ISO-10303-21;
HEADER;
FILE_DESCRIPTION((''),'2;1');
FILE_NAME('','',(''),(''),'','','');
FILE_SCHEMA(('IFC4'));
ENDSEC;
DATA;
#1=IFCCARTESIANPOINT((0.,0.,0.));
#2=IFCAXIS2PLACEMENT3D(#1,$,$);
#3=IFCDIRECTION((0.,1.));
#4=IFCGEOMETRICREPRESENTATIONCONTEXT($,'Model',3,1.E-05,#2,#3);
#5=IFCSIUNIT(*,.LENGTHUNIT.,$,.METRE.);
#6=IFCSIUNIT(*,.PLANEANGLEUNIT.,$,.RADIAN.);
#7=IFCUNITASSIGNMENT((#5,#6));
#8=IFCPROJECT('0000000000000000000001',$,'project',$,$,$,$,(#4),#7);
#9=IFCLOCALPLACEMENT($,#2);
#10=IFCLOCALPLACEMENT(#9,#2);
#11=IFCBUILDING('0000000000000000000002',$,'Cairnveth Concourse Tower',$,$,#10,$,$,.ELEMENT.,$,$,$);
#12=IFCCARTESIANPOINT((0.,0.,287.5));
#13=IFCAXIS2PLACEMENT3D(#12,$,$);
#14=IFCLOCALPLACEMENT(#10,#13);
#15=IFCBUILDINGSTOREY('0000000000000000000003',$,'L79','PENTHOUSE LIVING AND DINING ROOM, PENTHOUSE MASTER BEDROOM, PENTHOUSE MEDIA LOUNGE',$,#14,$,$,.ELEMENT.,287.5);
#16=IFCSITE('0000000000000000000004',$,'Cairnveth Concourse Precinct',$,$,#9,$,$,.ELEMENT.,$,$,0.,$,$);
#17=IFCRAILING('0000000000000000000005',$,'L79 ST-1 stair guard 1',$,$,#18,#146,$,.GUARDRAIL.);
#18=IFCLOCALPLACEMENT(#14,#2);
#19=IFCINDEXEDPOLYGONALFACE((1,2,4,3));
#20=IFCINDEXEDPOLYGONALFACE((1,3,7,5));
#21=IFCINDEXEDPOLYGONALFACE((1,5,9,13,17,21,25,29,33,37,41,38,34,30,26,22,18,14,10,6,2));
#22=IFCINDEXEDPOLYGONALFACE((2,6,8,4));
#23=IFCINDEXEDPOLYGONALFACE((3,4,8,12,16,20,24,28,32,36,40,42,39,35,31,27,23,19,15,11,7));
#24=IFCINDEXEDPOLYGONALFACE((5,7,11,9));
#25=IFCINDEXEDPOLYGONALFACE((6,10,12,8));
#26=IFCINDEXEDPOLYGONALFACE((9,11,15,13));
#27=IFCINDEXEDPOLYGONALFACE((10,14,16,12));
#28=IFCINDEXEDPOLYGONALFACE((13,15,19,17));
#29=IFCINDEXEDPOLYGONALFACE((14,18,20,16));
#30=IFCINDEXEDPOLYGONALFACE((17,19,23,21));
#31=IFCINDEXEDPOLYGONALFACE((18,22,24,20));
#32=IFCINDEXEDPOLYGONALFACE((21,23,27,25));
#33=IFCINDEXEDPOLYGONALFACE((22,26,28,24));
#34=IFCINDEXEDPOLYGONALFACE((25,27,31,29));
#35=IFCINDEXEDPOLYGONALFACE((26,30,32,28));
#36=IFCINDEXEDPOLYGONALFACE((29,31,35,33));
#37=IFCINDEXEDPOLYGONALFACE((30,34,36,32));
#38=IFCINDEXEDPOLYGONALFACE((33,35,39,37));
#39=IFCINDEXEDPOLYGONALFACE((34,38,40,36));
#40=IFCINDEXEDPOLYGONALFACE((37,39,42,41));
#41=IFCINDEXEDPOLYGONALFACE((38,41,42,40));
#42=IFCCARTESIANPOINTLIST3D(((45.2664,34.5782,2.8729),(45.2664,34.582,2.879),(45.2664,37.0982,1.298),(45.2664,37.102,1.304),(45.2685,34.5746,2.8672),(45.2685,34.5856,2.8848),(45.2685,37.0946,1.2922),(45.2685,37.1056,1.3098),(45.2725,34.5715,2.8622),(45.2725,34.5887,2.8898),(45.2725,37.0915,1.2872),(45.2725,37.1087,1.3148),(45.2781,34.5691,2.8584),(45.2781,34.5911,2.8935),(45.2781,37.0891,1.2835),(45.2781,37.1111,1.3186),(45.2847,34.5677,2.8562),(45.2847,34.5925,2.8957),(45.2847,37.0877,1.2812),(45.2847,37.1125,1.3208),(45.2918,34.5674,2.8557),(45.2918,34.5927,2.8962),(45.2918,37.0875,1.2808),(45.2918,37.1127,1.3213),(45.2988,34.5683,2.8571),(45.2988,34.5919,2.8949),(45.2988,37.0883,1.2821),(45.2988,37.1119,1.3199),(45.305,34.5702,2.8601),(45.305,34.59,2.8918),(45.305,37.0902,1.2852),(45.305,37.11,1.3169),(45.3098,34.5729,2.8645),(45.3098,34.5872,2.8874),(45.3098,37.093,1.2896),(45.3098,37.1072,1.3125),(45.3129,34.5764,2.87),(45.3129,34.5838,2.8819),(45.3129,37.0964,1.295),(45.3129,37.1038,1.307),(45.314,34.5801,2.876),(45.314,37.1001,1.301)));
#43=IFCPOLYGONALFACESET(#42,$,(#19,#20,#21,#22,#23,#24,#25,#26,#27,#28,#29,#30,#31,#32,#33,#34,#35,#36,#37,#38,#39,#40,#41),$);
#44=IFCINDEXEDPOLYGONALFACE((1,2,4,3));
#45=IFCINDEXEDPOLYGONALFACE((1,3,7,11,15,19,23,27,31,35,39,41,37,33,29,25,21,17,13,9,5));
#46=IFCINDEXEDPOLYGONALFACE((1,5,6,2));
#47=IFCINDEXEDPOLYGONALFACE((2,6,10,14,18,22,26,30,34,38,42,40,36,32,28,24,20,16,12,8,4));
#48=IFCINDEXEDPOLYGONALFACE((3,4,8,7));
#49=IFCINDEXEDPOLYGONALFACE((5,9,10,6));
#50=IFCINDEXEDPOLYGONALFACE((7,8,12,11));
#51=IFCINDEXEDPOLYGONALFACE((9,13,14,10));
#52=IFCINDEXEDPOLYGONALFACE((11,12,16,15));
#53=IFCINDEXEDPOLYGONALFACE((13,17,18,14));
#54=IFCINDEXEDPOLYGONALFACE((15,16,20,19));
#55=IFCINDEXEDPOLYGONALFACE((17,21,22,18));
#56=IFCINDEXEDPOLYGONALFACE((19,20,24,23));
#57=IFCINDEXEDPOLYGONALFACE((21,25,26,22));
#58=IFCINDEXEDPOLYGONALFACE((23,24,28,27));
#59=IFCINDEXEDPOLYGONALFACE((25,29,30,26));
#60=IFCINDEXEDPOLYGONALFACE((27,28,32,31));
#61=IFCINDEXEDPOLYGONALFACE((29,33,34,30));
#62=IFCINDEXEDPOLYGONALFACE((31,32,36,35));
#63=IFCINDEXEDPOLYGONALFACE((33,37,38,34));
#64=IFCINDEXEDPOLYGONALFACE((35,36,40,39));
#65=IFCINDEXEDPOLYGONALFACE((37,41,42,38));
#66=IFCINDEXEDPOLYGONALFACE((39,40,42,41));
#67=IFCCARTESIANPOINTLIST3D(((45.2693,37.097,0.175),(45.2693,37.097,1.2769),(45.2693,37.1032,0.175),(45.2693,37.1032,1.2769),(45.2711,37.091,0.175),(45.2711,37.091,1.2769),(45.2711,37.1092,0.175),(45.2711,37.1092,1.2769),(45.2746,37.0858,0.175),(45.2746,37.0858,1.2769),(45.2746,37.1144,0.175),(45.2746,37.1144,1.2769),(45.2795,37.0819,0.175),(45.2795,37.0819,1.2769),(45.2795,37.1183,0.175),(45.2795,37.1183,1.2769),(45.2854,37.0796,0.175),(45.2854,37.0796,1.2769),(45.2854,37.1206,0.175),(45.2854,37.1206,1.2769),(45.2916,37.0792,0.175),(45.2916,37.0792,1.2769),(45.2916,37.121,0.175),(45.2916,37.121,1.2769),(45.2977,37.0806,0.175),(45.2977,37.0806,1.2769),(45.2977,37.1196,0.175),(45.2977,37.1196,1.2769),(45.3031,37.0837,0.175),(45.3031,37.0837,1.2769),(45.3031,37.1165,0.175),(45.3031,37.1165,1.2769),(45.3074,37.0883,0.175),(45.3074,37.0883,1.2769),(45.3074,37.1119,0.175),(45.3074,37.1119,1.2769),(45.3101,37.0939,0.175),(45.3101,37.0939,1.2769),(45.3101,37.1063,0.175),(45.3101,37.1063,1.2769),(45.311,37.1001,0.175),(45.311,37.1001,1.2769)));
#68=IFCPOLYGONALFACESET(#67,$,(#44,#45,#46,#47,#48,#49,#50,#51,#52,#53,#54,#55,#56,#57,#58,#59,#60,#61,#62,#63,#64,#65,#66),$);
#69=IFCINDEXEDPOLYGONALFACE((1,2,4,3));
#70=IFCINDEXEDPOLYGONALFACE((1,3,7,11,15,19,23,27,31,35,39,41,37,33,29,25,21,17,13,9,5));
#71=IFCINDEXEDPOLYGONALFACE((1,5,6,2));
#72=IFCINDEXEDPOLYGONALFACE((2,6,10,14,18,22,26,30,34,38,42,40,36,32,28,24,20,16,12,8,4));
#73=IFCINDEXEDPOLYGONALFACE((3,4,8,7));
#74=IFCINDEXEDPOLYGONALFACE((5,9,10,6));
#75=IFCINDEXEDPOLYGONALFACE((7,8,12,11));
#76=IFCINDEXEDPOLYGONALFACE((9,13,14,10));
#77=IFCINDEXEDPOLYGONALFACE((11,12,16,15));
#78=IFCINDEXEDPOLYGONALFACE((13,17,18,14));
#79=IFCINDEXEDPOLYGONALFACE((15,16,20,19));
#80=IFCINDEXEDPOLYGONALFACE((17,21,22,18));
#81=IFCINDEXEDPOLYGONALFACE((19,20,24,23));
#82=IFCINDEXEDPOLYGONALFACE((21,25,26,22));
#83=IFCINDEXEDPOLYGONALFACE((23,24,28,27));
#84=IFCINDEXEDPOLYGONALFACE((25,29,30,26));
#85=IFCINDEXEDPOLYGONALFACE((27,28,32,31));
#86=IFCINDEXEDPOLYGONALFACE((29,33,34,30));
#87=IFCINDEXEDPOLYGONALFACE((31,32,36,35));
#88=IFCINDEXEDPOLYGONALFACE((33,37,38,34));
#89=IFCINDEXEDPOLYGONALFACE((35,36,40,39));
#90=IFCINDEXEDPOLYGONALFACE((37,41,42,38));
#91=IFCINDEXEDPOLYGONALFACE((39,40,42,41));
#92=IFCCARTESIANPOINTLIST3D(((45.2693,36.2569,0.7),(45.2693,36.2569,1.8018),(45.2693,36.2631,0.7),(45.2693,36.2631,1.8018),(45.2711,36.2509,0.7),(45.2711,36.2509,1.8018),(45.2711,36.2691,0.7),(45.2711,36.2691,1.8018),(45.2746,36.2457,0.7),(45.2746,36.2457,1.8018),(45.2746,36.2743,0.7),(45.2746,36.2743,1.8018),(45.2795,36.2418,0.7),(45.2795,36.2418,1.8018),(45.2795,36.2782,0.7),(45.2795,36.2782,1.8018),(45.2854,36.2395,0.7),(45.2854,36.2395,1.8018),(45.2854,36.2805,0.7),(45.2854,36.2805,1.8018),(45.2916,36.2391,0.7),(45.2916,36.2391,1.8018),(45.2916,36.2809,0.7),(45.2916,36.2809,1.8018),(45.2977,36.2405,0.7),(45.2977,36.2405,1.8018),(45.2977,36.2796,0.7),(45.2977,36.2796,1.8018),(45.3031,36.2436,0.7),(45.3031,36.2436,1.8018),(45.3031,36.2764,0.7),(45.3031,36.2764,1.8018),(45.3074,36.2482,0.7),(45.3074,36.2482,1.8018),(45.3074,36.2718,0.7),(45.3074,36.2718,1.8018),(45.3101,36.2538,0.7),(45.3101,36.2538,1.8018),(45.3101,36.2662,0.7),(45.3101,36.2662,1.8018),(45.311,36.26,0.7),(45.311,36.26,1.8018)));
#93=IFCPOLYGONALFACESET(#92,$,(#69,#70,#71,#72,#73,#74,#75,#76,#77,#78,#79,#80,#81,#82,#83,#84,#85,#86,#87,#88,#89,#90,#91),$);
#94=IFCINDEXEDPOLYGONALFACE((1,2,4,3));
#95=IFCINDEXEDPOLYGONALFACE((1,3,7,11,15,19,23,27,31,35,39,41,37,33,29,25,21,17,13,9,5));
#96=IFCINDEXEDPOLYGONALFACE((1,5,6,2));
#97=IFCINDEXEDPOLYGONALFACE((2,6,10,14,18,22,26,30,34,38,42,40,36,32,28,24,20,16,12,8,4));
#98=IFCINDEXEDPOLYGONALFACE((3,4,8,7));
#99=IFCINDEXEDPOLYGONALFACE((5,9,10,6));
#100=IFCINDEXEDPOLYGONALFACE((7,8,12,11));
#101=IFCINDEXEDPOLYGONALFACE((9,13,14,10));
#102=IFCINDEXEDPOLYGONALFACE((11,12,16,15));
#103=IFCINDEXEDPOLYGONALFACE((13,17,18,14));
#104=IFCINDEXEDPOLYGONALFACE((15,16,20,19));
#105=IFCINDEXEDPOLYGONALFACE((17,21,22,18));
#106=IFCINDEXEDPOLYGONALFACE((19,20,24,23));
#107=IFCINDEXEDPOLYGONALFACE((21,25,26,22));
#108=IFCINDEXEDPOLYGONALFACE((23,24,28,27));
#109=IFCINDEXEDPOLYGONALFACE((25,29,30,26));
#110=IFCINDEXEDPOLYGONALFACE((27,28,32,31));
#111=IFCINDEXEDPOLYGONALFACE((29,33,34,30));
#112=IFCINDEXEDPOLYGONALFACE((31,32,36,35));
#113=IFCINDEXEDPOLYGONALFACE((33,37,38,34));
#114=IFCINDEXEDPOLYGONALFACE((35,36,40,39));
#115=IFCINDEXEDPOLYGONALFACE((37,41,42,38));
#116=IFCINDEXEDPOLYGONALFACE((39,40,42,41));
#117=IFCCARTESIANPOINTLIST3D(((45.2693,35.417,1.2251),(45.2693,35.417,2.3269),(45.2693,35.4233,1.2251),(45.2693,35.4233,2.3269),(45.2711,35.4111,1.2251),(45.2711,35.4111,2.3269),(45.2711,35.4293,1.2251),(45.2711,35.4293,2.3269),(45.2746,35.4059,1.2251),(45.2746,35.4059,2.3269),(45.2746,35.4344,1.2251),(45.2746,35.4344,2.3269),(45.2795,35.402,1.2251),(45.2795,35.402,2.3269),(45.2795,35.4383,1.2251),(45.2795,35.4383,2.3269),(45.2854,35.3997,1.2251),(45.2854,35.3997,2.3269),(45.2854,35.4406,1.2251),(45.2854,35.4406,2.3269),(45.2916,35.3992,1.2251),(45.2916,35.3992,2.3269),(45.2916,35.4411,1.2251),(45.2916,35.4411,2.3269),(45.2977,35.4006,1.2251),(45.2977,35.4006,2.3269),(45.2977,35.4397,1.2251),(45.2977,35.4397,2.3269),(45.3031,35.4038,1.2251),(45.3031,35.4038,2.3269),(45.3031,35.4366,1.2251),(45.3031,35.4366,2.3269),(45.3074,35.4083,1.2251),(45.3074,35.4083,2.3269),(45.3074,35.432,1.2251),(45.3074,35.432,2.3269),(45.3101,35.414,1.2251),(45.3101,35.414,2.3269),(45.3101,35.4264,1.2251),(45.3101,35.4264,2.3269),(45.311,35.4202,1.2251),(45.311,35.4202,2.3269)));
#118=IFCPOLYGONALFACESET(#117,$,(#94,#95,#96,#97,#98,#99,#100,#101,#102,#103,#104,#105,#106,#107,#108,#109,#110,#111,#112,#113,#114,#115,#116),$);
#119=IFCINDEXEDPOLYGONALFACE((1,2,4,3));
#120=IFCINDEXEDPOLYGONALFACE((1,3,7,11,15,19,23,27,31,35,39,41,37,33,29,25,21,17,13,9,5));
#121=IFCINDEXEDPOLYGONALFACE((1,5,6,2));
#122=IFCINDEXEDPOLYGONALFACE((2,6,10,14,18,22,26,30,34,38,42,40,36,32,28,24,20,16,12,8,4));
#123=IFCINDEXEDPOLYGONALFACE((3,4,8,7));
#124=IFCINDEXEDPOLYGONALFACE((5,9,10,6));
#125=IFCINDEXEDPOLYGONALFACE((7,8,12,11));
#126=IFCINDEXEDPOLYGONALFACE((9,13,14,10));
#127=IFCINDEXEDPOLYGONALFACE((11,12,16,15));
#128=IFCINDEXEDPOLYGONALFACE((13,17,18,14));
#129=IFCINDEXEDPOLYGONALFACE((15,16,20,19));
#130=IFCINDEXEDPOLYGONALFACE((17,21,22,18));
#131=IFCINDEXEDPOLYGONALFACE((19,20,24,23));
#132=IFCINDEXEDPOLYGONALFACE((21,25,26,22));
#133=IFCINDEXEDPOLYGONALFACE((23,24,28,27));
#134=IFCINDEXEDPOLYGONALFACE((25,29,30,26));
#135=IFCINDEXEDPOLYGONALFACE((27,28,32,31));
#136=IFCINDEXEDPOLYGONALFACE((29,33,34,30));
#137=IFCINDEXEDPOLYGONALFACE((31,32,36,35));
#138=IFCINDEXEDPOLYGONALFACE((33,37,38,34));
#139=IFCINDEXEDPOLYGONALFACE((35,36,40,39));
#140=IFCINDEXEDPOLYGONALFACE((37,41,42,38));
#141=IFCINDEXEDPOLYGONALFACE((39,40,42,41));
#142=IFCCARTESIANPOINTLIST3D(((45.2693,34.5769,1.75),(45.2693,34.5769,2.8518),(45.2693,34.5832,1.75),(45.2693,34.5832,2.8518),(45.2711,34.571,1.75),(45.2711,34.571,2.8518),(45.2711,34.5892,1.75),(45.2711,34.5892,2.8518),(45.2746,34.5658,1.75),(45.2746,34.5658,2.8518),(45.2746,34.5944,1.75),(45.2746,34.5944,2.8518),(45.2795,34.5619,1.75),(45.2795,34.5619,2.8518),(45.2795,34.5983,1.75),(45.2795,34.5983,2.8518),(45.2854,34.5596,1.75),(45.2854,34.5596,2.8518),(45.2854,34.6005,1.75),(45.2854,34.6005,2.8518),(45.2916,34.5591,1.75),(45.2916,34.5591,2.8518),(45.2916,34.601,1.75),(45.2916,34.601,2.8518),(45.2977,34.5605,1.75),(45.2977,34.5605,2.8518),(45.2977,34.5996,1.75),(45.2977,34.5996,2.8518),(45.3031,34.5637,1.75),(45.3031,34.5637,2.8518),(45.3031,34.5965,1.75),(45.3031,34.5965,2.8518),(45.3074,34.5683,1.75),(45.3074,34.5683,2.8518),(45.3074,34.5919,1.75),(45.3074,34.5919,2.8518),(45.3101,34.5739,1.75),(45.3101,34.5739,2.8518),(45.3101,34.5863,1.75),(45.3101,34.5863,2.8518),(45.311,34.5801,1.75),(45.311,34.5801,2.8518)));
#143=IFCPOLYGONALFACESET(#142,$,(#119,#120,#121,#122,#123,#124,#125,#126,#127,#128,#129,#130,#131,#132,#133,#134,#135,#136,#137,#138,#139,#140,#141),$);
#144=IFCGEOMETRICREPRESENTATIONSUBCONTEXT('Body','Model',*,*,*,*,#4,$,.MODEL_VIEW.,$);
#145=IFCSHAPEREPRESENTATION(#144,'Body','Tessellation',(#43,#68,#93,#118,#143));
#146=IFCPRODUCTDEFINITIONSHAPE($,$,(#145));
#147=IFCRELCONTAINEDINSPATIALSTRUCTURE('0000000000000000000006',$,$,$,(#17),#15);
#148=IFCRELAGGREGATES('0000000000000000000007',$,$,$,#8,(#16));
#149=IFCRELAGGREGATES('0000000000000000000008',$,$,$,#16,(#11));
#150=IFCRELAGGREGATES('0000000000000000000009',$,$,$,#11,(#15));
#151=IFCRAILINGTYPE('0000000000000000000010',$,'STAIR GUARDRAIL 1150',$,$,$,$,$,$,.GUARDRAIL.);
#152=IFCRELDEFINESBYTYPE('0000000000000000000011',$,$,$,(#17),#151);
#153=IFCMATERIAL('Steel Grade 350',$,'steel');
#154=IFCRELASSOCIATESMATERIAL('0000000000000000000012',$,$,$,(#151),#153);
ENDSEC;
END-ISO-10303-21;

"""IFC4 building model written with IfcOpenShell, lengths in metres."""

from ifc_helpers import new_model, si_unit, direction, frame, origin, origin_2d, place, context, subcontext, project, spatial, circle, extrude, material, type_object, element, save


model = new_model("IFC4")

# Units and contexts
model_context = context("Model", 3, precision=1e-05, world=origin(), true_north=direction((0.0, 1.0)))
body_context = subcontext(model_context, "Body", "Model", "MODEL_VIEW")
ifc_project = project(units=[si_unit("LENGTHUNIT", "METRE"), si_unit("PLANEANGLEUNIT", "RADIAN")], contexts=[model_context])

# Site, building, storey
site_placement = place(None, origin())
site = spatial("IfcSite", under=ifc_project, at=site_placement, Name="Cairnveth Concourse Precinct", CompositionType="ELEMENT", RefElevation=0.0)
building_placement = place(site_placement, origin())
building = spatial("IfcBuilding", under=site, at=building_placement, Name="Cairnveth Concourse Tower", CompositionType="ELEMENT")
storey_placement = place(building_placement, frame((0.0, 0.0, 287.5)))
storey = spatial("IfcBuildingStorey", under=building, at=storey_placement, Name="L79", Description="PENTHOUSE LIVING AND DINING ROOM, PENTHOUSE MASTER BEDROOM, PENTHOUSE MEDIA LOUNGE", CompositionType="ELEMENT", Elevation=287.5)

# Shared definitions
ifc_material_1 = material(Name="Steel Grade 350", Category="steel")

# Railing
railing_type_1 = type_object("IfcRailingType", Name="STAIR GUARDRAIL 1150", PredefinedType="GUARDRAIL", material=ifc_material_1)
railing_1_placement = place(storey_placement, frame((45.29, 37.1001, 0.175)))
element("IfcRailing", 1, at=railing_1_placement, inside=storey, type_object=railing_type_1, Name="L79 ST-1 stair guard 1", PredefinedType="GUARDRAIL", context=body_context, shape_type="SweptSolid", body=[
    extrude(circle(Radius=0.0239, at=origin_2d()), frame((0.0, 0.0, 1.126), z_axis=(0.0, -0.848008, 0.529984), x_axis=(1.0, 0.0, 0.0)), (0.0, 0.0, 1.0), 2.9717),
    extrude(circle(Radius=0.021, at=origin_2d()), origin(), (0.0, 0.0, 1.0), 1.1018),
    extrude(circle(Radius=0.021, at=origin_2d()), frame((0.0, -0.8401, 0.5249)), (0.0, 0.0, 1.0), 1.1018),
    extrude(circle(Radius=0.021, at=origin_2d()), frame((0.0, -1.6799, 1.05)), (0.0, 0.0, 1.0), 1.1018),
    extrude(circle(Radius=0.021, at=origin_2d()), frame((0.0, -2.52, 1.575)), (0.0, 0.0, 1.0), 1.1018),
])

save(model, "model.ifc")
